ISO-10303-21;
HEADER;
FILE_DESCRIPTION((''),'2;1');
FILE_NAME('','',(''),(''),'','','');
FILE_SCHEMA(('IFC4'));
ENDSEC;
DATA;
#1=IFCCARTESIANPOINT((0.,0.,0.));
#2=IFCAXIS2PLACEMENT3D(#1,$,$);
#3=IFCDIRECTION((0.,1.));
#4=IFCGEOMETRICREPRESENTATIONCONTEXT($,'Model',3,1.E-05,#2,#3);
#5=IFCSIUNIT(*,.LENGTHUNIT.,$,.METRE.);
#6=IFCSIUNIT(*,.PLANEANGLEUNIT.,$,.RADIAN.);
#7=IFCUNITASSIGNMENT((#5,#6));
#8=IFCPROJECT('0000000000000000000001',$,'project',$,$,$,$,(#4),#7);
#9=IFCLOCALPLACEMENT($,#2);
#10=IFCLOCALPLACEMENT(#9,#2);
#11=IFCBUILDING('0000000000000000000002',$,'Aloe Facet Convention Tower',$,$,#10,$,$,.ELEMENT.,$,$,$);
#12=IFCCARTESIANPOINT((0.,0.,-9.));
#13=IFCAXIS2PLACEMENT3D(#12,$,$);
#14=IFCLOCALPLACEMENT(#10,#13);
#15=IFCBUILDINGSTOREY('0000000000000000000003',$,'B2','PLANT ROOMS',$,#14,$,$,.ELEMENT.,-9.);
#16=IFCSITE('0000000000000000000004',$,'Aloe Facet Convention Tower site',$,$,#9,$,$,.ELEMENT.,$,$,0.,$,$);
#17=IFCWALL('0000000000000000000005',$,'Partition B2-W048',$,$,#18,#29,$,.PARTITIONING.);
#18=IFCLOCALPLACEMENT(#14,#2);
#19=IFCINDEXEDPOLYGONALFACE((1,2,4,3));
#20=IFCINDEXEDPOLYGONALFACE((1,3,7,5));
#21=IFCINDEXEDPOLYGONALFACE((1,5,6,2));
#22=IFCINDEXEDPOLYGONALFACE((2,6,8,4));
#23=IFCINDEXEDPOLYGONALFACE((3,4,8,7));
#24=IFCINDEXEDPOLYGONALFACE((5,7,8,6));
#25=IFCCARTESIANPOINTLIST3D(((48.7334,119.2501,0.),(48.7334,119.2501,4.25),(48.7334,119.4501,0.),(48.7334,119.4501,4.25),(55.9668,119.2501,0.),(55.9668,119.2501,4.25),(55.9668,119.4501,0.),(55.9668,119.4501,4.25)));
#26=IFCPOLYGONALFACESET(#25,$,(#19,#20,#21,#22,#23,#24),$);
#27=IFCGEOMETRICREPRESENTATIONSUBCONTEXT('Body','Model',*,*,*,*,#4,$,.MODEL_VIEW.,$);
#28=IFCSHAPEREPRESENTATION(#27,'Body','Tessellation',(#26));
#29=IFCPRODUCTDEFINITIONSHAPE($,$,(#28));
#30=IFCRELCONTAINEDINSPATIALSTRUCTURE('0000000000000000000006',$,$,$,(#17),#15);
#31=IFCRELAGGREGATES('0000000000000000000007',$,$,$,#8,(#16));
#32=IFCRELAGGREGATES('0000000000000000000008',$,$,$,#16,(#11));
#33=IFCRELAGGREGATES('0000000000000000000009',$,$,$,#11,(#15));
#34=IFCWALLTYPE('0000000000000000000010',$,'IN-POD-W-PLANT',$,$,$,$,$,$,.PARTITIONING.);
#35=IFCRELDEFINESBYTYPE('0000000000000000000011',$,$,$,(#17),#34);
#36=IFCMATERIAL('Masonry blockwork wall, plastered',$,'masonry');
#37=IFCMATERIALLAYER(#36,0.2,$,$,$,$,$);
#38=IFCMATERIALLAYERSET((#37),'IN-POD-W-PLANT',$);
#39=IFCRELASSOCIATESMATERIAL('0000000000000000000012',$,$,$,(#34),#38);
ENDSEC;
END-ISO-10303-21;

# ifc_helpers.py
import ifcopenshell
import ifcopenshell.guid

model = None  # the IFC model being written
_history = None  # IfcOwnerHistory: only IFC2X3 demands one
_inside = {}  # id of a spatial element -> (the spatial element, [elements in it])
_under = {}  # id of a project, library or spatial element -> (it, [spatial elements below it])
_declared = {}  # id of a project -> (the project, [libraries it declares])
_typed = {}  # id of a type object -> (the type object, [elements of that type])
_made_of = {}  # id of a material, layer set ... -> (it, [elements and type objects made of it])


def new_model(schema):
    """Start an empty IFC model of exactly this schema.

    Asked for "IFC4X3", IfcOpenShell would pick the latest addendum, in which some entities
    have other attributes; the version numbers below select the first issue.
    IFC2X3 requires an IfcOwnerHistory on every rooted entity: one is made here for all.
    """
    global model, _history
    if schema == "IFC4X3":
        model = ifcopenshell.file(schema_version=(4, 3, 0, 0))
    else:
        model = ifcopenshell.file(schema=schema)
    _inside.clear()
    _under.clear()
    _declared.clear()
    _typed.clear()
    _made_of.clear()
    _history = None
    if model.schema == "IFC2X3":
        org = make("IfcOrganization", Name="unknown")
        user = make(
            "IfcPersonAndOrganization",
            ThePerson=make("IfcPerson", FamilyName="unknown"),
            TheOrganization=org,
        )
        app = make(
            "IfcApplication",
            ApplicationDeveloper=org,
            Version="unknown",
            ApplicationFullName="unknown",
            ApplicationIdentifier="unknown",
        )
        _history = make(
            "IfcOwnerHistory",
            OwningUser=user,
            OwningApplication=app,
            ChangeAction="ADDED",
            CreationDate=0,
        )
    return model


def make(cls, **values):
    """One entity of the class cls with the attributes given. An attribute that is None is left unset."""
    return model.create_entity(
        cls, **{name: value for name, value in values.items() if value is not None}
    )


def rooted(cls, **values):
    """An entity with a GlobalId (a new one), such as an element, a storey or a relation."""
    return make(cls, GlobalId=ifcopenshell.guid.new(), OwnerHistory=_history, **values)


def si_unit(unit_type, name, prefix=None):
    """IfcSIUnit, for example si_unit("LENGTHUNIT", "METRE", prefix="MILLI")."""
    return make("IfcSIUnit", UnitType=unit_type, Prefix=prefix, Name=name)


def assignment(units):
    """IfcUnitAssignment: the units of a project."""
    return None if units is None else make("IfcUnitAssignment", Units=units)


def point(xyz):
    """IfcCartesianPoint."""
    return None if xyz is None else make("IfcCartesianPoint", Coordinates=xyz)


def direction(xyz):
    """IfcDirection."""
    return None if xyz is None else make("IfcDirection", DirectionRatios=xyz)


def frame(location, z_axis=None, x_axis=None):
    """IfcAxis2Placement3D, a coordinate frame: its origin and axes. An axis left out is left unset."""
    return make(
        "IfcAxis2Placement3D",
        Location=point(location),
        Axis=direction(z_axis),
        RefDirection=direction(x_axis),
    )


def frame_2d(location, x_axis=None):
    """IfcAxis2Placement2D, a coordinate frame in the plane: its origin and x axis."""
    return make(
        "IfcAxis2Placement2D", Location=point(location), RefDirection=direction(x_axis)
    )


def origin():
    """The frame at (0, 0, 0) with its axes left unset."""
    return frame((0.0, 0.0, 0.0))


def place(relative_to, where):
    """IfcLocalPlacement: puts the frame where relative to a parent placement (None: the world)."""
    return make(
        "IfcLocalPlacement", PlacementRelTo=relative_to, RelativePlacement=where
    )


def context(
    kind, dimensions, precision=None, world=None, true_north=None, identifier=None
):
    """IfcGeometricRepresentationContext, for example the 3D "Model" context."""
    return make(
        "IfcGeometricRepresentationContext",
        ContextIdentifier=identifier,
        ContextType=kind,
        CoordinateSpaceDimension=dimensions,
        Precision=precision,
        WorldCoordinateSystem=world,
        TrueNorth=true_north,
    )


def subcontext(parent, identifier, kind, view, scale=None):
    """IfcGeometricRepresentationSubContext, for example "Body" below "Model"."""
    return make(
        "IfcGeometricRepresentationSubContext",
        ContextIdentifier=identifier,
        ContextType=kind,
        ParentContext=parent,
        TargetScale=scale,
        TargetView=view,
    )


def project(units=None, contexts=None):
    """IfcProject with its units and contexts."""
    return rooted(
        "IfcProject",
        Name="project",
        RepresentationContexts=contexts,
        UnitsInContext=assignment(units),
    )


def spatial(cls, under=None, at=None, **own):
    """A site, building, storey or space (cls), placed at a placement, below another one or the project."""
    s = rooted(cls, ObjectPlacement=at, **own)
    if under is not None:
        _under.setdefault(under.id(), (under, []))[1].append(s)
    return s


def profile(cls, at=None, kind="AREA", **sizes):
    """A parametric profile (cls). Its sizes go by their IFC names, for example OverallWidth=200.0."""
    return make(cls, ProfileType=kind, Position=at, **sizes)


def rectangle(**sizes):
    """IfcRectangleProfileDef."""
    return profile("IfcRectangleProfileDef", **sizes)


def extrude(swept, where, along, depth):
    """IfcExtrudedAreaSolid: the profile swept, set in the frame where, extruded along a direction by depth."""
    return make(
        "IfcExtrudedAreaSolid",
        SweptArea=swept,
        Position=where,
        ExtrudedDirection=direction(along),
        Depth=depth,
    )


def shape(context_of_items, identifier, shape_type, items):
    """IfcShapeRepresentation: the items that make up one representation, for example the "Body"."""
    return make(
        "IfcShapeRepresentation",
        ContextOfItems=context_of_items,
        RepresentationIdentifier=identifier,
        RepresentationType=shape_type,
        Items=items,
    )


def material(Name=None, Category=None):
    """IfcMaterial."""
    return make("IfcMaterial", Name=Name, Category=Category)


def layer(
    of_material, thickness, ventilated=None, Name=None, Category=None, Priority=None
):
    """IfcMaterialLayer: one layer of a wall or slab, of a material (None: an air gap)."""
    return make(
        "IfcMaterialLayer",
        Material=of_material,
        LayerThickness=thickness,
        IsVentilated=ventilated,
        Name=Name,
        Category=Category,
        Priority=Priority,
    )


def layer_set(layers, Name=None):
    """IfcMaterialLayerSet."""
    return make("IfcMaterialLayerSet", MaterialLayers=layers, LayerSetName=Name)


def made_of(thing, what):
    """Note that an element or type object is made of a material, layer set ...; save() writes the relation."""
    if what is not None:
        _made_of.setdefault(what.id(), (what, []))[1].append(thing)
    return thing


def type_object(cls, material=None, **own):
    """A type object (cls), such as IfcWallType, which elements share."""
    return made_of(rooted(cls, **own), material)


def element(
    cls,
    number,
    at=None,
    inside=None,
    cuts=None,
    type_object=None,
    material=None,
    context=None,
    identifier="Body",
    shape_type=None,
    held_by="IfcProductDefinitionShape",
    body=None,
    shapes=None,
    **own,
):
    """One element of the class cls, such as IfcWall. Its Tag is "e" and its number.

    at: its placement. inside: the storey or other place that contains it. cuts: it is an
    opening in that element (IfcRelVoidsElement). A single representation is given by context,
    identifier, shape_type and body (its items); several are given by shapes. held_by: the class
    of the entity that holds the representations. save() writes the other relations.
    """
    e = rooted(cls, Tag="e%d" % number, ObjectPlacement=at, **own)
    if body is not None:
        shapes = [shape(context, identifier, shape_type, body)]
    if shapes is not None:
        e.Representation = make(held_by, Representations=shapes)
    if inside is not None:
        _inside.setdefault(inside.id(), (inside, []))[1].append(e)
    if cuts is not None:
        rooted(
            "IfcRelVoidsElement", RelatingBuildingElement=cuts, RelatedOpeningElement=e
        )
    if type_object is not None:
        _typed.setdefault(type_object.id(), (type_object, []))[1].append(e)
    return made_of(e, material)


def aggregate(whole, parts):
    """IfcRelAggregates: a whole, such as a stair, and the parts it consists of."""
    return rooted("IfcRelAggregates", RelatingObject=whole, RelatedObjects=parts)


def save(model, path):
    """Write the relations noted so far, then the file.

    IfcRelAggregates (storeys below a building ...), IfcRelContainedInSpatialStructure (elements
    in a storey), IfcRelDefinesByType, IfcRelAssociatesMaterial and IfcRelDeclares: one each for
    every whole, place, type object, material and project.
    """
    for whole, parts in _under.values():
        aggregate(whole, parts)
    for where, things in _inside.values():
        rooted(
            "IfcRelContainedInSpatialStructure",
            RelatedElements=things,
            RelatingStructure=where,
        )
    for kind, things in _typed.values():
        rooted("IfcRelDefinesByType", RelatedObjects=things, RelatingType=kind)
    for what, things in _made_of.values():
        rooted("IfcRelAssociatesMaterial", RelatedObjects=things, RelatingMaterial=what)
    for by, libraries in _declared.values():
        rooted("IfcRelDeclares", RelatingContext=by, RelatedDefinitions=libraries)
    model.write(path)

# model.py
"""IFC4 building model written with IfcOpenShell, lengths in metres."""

from ifc_helpers import new_model, si_unit, direction, frame, frame_2d, origin, place, context, subcontext, project, spatial, rectangle, extrude, material, layer, layer_set, type_object, element, save


model = new_model("IFC4")

# Units and contexts
model_context = context("Model", 3, precision=1e-05, world=origin(), true_north=direction((0.0, 1.0)))
body_context = subcontext(model_context, "Body", "Model", "MODEL_VIEW")
ifc_project = project(units=[si_unit("LENGTHUNIT", "METRE"), si_unit("PLANEANGLEUNIT", "RADIAN")], contexts=[model_context])

# Site, building, storey
site_placement = place(None, origin())
site = spatial("IfcSite", under=ifc_project, at=site_placement, Name="Aloe Facet Convention Tower site", CompositionType="ELEMENT", RefElevation=0.0)
building_placement = place(site_placement, origin())
building = spatial("IfcBuilding", under=site, at=building_placement, Name="Aloe Facet Convention Tower", CompositionType="ELEMENT")
storey_placement = place(building_placement, frame((0.0, 0.0, -9.0)))
storey = spatial("IfcBuildingStorey", under=building, at=storey_placement, Name="B2", Description="PLANT ROOMS", CompositionType="ELEMENT", Elevation=-9.0)

# Wall
ifc_material_1 = material(Name="Masonry blockwork wall, plastered", Category="masonry")
ifc_layer = layer(ifc_material_1, 0.2)
ifc_layer_set = layer_set([ifc_layer], Name="IN-POD-W-PLANT")
wall_type = type_object("IfcWallType", Name="IN-POD-W-PLANT", PredefinedType="PARTITIONING", material=ifc_layer_set)
wall_placement = place(storey_placement, frame((48.7334, 119.3501, 0.0), z_axis=(0.0, 0.0, 1.0), x_axis=(1.0, 0.0, 0.0)))
element("IfcWall", 1, at=wall_placement, inside=storey, type_object=wall_type, Name="Partition B2-W048", PredefinedType="PARTITIONING", context=body_context, shape_type="SweptSolid", body=[
    extrude(rectangle(XDim=7.2334, YDim=0.2, at=frame_2d((3.6167, 0.0))), origin(), (0.0, 0.0, 1.0), 4.25),
])

save(model, "model.ifc")
